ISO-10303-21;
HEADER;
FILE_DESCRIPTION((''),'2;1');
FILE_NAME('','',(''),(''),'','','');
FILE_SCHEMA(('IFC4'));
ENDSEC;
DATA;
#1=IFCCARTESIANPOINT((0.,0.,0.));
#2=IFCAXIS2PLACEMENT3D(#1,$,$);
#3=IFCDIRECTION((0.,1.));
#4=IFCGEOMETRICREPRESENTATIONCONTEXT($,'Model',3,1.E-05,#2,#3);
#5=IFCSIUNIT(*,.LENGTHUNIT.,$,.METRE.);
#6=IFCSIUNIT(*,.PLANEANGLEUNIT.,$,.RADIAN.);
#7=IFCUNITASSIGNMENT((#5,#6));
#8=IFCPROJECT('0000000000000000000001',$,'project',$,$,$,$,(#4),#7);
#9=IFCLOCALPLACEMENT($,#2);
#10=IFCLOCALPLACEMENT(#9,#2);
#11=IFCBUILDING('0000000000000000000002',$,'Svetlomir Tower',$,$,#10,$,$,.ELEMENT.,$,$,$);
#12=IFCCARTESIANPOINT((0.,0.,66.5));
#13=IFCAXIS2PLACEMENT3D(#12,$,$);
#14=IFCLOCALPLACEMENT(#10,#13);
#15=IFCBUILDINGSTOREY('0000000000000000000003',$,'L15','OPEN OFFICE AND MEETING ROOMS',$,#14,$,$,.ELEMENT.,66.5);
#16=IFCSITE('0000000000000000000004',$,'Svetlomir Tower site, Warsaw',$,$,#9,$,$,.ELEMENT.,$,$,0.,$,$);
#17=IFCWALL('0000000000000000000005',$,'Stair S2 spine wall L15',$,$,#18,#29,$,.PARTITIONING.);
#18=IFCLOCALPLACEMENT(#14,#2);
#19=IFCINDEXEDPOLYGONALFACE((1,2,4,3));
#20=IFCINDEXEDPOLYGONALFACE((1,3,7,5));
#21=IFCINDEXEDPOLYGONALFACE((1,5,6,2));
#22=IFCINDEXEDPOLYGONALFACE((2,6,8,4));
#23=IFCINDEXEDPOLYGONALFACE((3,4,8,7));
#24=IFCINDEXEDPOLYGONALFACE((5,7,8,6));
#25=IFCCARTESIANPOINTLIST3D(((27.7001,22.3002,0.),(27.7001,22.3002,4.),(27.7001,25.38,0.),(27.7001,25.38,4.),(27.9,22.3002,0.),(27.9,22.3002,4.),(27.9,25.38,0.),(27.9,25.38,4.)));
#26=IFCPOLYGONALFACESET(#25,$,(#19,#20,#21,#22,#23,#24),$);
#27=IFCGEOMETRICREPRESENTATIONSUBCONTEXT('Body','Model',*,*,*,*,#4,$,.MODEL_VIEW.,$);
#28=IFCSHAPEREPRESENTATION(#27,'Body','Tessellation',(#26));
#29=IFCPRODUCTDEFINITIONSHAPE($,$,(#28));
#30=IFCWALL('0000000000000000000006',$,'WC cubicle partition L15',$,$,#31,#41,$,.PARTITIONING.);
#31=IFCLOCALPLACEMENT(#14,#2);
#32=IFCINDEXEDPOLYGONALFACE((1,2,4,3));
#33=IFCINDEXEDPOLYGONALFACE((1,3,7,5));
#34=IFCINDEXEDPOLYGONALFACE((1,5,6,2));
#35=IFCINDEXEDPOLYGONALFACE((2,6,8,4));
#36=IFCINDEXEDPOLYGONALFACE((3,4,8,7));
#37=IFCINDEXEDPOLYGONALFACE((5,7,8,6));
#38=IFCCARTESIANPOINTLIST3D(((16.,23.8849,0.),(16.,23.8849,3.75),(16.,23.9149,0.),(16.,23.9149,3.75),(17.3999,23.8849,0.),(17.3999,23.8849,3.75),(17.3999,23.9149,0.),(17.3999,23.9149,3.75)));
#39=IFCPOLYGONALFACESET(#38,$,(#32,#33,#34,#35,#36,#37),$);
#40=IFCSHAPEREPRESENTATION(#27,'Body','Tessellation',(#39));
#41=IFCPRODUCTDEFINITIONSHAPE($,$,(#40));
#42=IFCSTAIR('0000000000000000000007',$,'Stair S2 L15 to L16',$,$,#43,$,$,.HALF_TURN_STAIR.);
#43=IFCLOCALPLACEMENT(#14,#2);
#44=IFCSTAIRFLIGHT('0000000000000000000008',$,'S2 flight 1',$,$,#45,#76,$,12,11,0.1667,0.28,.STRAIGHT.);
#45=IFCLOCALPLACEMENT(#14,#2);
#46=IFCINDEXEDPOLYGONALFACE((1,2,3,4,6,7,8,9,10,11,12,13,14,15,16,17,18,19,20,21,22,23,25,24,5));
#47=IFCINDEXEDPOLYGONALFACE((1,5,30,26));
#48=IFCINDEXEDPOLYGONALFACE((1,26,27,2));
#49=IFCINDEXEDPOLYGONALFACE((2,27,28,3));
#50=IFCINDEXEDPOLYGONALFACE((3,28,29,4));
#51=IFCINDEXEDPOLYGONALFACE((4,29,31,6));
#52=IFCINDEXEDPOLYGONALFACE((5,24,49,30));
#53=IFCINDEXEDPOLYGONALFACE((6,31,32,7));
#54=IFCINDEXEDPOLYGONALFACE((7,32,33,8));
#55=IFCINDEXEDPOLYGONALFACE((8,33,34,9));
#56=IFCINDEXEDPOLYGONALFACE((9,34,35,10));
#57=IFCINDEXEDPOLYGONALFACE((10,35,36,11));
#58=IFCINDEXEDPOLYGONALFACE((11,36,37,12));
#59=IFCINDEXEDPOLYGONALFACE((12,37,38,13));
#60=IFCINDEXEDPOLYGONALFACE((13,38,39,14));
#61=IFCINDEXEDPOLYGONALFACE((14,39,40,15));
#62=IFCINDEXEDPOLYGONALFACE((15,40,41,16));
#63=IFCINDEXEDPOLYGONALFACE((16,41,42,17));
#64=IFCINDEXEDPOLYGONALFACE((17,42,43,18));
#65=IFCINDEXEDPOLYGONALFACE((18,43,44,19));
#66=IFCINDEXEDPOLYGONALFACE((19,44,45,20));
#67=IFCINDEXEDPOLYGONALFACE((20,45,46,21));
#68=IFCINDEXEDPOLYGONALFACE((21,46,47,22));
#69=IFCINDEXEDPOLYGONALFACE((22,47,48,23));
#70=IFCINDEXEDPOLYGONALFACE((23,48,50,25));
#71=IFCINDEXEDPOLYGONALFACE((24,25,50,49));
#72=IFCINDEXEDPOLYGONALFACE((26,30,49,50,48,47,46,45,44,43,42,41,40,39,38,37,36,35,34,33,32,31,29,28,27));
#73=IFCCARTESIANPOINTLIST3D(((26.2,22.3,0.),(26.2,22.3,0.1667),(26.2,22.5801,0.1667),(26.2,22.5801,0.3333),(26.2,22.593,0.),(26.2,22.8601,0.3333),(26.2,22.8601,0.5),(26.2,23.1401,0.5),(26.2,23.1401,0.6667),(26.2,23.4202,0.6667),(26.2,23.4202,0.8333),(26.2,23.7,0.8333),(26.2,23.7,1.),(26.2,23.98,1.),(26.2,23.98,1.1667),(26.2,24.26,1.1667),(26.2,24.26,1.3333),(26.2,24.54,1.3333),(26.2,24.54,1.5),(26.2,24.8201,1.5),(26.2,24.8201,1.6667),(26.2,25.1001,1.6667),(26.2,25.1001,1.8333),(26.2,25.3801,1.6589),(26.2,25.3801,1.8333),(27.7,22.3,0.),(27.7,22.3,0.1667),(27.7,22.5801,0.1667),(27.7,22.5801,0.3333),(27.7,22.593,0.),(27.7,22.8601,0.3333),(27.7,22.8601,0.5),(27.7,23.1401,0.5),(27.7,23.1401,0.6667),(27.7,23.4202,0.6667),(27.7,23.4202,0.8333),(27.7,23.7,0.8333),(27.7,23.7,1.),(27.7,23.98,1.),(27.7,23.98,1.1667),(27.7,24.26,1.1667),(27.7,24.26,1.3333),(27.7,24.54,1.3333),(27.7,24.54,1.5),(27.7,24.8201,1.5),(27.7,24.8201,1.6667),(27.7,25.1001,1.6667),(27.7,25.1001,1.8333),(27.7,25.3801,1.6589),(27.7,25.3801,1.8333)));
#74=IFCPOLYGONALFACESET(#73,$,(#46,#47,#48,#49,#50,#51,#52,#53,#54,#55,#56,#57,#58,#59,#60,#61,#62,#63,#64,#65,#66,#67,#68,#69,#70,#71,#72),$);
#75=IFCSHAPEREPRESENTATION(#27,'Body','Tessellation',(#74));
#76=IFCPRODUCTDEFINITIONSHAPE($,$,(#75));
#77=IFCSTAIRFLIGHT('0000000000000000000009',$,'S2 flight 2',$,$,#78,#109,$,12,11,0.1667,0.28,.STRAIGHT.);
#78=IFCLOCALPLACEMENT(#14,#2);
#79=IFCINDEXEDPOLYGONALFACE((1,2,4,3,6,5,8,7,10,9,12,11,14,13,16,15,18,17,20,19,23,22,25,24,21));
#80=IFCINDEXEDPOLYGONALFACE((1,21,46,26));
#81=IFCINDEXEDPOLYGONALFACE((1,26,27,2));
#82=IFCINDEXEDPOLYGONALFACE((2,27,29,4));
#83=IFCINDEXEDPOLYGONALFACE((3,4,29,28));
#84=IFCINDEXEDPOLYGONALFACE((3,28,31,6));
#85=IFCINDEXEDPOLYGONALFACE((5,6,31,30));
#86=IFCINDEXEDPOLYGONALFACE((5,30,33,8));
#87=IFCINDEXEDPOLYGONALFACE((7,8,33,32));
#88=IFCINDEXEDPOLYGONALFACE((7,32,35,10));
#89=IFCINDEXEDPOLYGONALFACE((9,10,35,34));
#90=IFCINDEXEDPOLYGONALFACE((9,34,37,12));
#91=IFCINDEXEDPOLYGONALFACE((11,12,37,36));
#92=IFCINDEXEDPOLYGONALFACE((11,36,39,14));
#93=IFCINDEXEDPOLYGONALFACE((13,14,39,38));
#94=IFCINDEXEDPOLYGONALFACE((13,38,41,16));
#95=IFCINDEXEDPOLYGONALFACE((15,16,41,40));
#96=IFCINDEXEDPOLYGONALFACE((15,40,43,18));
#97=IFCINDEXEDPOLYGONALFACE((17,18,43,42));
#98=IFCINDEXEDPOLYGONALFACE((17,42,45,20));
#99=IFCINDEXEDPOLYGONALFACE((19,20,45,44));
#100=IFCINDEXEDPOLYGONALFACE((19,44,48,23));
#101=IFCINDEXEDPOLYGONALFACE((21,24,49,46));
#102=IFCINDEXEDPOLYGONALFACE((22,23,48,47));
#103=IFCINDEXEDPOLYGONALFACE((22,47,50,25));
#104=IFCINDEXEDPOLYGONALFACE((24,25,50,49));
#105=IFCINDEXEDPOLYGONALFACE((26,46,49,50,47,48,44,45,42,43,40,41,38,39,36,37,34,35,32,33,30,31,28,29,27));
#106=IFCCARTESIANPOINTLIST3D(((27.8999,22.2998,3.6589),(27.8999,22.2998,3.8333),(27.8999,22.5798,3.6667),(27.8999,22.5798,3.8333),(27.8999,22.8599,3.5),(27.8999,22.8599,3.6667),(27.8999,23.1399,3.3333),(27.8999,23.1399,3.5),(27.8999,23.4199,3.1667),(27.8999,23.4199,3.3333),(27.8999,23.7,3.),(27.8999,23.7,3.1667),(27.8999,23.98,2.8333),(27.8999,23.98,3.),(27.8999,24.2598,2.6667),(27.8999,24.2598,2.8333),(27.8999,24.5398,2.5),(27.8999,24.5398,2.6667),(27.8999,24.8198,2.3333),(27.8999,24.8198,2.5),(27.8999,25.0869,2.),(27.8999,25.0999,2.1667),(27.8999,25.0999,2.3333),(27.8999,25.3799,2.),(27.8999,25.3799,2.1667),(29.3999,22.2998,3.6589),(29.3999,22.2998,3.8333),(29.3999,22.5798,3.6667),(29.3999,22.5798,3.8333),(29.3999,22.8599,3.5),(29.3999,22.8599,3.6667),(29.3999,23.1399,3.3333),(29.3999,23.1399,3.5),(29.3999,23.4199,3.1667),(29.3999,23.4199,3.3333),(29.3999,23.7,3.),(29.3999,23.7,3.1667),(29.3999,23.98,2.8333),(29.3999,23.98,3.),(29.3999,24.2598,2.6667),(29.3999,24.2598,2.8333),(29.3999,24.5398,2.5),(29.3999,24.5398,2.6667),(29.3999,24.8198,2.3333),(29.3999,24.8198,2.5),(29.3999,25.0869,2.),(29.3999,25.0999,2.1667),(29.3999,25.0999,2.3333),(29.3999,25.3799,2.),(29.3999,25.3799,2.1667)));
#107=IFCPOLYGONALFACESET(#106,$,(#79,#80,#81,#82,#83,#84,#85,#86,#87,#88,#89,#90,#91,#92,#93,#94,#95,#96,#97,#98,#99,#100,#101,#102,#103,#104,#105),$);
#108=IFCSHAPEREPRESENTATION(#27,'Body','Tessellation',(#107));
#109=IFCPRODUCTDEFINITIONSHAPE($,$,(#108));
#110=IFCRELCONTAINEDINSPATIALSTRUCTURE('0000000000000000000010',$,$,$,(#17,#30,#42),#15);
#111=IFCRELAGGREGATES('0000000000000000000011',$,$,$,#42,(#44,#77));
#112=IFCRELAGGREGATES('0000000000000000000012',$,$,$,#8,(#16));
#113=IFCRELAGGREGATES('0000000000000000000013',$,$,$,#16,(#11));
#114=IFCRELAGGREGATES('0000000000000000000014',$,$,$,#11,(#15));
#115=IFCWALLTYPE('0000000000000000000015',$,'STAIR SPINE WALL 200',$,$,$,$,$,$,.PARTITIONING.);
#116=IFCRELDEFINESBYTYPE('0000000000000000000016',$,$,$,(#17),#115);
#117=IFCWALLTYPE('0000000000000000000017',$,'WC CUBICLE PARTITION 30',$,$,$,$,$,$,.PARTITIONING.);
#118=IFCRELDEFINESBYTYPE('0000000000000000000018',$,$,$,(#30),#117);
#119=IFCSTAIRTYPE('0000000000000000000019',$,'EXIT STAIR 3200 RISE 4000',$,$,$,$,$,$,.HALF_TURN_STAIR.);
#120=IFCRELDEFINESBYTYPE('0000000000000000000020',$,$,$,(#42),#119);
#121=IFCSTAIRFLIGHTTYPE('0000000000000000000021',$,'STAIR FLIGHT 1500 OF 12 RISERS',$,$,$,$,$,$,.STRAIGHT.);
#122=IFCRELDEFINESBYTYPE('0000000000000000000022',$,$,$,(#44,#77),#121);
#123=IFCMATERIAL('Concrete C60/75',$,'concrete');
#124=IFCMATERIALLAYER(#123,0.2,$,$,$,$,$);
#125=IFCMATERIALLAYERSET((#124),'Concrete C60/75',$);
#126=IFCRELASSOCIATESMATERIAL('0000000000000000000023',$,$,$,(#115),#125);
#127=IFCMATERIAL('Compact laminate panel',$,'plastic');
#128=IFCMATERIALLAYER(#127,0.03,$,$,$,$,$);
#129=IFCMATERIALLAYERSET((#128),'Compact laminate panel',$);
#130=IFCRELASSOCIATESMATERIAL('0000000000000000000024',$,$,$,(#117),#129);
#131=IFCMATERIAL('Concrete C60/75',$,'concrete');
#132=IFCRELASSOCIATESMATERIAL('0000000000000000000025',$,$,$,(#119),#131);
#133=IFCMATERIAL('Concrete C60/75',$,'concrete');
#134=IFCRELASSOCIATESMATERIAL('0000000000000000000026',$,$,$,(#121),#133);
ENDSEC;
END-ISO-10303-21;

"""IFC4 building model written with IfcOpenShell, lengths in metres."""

from ifc_helpers import new_model, si_unit, direction, frame, frame_2d, origin, place, context, subcontext, project, spatial, polyline, rectangle, outline, extrude, material, layer, layer_set, type_object, element, aggregate, save


model = new_model("IFC4")

# Units and contexts
model_context = context("Model", 3, precision=1e-05, world=origin(), true_north=direction((0.0, 1.0)))
body_context = subcontext(model_context, "Body", "Model", "MODEL_VIEW")
ifc_project = project(units=[si_unit("LENGTHUNIT", "METRE"), si_unit("PLANEANGLEUNIT", "RADIAN")], contexts=[model_context])

# Site, building, storey
site_placement = place(None, origin())
site = spatial("IfcSite", under=ifc_project, at=site_placement, Name="Svetlomir Tower site, Warsaw", CompositionType="ELEMENT", RefElevation=0.0)
building_placement = place(site_placement, origin())
building = spatial("IfcBuilding", under=site, at=building_placement, Name="Svetlomir Tower", CompositionType="ELEMENT")
storey_placement = place(building_placement, frame((0.0, 0.0, 66.5)))
storey = spatial("IfcBuildingStorey", under=building, at=storey_placement, Name="L15", Description="OPEN OFFICE AND MEETING ROOMS", CompositionType="ELEMENT", Elevation=66.5)

# Walls
ifc_material_1 = material(Name="Concrete C60/75", Category="concrete")
ifc_layer_1 = layer(ifc_material_1, 0.2)
ifc_layer_set_1 = layer_set([ifc_layer_1], Name="Concrete C60/75")
wall_type_1 = type_object("IfcWallType", Name="STAIR SPINE WALL 200", PredefinedType="PARTITIONING", material=ifc_layer_set_1)
wall_1_placement = place(storey_placement, frame((27.8, 22.3, 0.0), z_axis=(0.0, 0.0, 1.0), x_axis=(0.0, 1.0, 0.0)))
element("IfcWall", 1, at=wall_1_placement, inside=storey, type_object=wall_type_1, Name="Stair S2 spine wall L15", PredefinedType="PARTITIONING", context=body_context, shape_type="SweptSolid", body=[
    extrude(rectangle(XDim=3.0798, YDim=0.2, at=frame_2d((1.54, 0.0))), origin(), (0.0, 0.0, 1.0), 4.0),
])
ifc_material_2 = material(Name="Compact laminate panel", Category="plastic")
ifc_layer_2 = layer(ifc_material_2, 0.03)
ifc_layer_set_2 = layer_set([ifc_layer_2], Name="Compact laminate panel")
wall_type_2 = type_object("IfcWallType", Name="WC CUBICLE PARTITION 30", PredefinedType="PARTITIONING", material=ifc_layer_set_2)
wall_2_placement = place(storey_placement, frame((16.0, 23.8999, 0.0), z_axis=(0.0, 0.0, 1.0), x_axis=(1.0, 0.0, 0.0)))
element("IfcWall", 2, at=wall_2_placement, inside=storey, type_object=wall_type_2, Name="WC cubicle partition L15", PredefinedType="PARTITIONING", context=body_context, shape_type="SweptSolid", body=[
    extrude(rectangle(XDim=1.3999, YDim=0.03, at=frame_2d((0.7, 0.0))), origin(), (0.0, 0.0, 1.0), 3.75),
])

# Stair, stair flights
ifc_material_3 = material(Name="Concrete C60/75", Category="concrete")
stair_type = type_object("IfcStairType", Name="EXIT STAIR 3200 RISE 4000", PredefinedType="HALF_TURN_STAIR", material=ifc_material_3)
stair_placement = place(storey_placement, origin())
stair = element("IfcStair", 3, at=stair_placement, inside=storey, type_object=stair_type, Name="Stair S2 L15 to L16", PredefinedType="HALF_TURN_STAIR")
ifc_material_4 = material(Name="Concrete C60/75", Category="concrete")
stair_flight_type = type_object("IfcStairFlightType", Name="STAIR FLIGHT 1500 OF 12 RISERS", PredefinedType="STRAIGHT", material=ifc_material_4)
stair_flight_1_placement = place(storey_placement, frame((26.95, 22.3, 0.0), z_axis=(0.0, 0.0, 1.0), x_axis=(0.0, 1.0, 0.0)))
stair_flight_1 = element("IfcStairFlight", 4, at=stair_flight_1_placement, type_object=stair_flight_type, Name="S2 flight 1", NumberOfRisers=12, NumberOfTreads=11, PredefinedType="STRAIGHT", RiserHeight=0.1667, TreadLength=0.28, context=body_context, shape_type="SweptSolid", body=[
    extrude(outline(polyline([(0.0, 0.0), (0.0, 0.1667), (0.28, 0.1667), (0.28, 0.3333), (0.5601, 0.3333), (0.5601, 0.5), (0.8401, 0.5), (0.8401, 0.6667), (1.1201, 0.6667), (1.1201, 0.8333), (1.3999, 0.8333), (1.3999, 1.0), (1.6799, 1.0), (1.6799, 1.1667), (1.96, 1.1667), (1.96, 1.3333), (2.24, 1.3333), (2.24, 1.5), (2.52, 1.5), (2.52, 1.6667), (2.8, 1.6667), (2.8, 1.8333), (3.0801, 1.8333), (3.0801, 2.0), (3.0801, 1.6589), (0.293, 0.0), (0.0, 0.0)])), frame((0.0, 0.75, 0.0), z_axis=(0.0, -1.0, 0.0), x_axis=(1.0, 0.0, 0.0)), (0.0, 0.0, 1.0), 1.5),
])
stair_flight_2_placement = place(storey_placement, frame((28.6499, 25.3799, 2.0), z_axis=(0.0, 0.0, 1.0), x_axis=(0.0, -1.0, 0.0)))
stair_flight_2 = element("IfcStairFlight", 5, at=stair_flight_2_placement, type_object=stair_flight_type, Name="S2 flight 2", NumberOfRisers=12, NumberOfTreads=11, PredefinedType="STRAIGHT", RiserHeight=0.1667, TreadLength=0.28, context=body_context, shape_type="SweptSolid", body=[
    extrude(outline(polyline([(0.0, 0.0), (0.0, 0.1667), (0.28, 0.1667), (0.28, 0.3333), (0.5601, 0.3333), (0.5601, 0.5), (0.8401, 0.5), (0.8401, 0.6667), (1.1201, 0.6667), (1.1201, 0.8333), (1.3999, 0.8333), (1.3999, 1.0), (1.6799, 1.0), (1.6799, 1.1667), (1.96, 1.1667), (1.96, 1.3333), (2.24, 1.3333), (2.24, 1.5), (2.52, 1.5), (2.52, 1.6667), (2.8, 1.6667), (2.8, 1.8333), (3.0801, 1.8333), (3.0801, 2.0), (3.0801, 1.6589), (0.293, 0.0), (0.0, 0.0)])), frame((0.0, 0.75, 0.0), z_axis=(0.0, -1.0, 0.0), x_axis=(1.0, 0.0, 0.0)), (0.0, 0.0, 1.0), 1.5),
])
aggregate(stair, [stair_flight_1, stair_flight_2])

save(model, "model.ifc")
